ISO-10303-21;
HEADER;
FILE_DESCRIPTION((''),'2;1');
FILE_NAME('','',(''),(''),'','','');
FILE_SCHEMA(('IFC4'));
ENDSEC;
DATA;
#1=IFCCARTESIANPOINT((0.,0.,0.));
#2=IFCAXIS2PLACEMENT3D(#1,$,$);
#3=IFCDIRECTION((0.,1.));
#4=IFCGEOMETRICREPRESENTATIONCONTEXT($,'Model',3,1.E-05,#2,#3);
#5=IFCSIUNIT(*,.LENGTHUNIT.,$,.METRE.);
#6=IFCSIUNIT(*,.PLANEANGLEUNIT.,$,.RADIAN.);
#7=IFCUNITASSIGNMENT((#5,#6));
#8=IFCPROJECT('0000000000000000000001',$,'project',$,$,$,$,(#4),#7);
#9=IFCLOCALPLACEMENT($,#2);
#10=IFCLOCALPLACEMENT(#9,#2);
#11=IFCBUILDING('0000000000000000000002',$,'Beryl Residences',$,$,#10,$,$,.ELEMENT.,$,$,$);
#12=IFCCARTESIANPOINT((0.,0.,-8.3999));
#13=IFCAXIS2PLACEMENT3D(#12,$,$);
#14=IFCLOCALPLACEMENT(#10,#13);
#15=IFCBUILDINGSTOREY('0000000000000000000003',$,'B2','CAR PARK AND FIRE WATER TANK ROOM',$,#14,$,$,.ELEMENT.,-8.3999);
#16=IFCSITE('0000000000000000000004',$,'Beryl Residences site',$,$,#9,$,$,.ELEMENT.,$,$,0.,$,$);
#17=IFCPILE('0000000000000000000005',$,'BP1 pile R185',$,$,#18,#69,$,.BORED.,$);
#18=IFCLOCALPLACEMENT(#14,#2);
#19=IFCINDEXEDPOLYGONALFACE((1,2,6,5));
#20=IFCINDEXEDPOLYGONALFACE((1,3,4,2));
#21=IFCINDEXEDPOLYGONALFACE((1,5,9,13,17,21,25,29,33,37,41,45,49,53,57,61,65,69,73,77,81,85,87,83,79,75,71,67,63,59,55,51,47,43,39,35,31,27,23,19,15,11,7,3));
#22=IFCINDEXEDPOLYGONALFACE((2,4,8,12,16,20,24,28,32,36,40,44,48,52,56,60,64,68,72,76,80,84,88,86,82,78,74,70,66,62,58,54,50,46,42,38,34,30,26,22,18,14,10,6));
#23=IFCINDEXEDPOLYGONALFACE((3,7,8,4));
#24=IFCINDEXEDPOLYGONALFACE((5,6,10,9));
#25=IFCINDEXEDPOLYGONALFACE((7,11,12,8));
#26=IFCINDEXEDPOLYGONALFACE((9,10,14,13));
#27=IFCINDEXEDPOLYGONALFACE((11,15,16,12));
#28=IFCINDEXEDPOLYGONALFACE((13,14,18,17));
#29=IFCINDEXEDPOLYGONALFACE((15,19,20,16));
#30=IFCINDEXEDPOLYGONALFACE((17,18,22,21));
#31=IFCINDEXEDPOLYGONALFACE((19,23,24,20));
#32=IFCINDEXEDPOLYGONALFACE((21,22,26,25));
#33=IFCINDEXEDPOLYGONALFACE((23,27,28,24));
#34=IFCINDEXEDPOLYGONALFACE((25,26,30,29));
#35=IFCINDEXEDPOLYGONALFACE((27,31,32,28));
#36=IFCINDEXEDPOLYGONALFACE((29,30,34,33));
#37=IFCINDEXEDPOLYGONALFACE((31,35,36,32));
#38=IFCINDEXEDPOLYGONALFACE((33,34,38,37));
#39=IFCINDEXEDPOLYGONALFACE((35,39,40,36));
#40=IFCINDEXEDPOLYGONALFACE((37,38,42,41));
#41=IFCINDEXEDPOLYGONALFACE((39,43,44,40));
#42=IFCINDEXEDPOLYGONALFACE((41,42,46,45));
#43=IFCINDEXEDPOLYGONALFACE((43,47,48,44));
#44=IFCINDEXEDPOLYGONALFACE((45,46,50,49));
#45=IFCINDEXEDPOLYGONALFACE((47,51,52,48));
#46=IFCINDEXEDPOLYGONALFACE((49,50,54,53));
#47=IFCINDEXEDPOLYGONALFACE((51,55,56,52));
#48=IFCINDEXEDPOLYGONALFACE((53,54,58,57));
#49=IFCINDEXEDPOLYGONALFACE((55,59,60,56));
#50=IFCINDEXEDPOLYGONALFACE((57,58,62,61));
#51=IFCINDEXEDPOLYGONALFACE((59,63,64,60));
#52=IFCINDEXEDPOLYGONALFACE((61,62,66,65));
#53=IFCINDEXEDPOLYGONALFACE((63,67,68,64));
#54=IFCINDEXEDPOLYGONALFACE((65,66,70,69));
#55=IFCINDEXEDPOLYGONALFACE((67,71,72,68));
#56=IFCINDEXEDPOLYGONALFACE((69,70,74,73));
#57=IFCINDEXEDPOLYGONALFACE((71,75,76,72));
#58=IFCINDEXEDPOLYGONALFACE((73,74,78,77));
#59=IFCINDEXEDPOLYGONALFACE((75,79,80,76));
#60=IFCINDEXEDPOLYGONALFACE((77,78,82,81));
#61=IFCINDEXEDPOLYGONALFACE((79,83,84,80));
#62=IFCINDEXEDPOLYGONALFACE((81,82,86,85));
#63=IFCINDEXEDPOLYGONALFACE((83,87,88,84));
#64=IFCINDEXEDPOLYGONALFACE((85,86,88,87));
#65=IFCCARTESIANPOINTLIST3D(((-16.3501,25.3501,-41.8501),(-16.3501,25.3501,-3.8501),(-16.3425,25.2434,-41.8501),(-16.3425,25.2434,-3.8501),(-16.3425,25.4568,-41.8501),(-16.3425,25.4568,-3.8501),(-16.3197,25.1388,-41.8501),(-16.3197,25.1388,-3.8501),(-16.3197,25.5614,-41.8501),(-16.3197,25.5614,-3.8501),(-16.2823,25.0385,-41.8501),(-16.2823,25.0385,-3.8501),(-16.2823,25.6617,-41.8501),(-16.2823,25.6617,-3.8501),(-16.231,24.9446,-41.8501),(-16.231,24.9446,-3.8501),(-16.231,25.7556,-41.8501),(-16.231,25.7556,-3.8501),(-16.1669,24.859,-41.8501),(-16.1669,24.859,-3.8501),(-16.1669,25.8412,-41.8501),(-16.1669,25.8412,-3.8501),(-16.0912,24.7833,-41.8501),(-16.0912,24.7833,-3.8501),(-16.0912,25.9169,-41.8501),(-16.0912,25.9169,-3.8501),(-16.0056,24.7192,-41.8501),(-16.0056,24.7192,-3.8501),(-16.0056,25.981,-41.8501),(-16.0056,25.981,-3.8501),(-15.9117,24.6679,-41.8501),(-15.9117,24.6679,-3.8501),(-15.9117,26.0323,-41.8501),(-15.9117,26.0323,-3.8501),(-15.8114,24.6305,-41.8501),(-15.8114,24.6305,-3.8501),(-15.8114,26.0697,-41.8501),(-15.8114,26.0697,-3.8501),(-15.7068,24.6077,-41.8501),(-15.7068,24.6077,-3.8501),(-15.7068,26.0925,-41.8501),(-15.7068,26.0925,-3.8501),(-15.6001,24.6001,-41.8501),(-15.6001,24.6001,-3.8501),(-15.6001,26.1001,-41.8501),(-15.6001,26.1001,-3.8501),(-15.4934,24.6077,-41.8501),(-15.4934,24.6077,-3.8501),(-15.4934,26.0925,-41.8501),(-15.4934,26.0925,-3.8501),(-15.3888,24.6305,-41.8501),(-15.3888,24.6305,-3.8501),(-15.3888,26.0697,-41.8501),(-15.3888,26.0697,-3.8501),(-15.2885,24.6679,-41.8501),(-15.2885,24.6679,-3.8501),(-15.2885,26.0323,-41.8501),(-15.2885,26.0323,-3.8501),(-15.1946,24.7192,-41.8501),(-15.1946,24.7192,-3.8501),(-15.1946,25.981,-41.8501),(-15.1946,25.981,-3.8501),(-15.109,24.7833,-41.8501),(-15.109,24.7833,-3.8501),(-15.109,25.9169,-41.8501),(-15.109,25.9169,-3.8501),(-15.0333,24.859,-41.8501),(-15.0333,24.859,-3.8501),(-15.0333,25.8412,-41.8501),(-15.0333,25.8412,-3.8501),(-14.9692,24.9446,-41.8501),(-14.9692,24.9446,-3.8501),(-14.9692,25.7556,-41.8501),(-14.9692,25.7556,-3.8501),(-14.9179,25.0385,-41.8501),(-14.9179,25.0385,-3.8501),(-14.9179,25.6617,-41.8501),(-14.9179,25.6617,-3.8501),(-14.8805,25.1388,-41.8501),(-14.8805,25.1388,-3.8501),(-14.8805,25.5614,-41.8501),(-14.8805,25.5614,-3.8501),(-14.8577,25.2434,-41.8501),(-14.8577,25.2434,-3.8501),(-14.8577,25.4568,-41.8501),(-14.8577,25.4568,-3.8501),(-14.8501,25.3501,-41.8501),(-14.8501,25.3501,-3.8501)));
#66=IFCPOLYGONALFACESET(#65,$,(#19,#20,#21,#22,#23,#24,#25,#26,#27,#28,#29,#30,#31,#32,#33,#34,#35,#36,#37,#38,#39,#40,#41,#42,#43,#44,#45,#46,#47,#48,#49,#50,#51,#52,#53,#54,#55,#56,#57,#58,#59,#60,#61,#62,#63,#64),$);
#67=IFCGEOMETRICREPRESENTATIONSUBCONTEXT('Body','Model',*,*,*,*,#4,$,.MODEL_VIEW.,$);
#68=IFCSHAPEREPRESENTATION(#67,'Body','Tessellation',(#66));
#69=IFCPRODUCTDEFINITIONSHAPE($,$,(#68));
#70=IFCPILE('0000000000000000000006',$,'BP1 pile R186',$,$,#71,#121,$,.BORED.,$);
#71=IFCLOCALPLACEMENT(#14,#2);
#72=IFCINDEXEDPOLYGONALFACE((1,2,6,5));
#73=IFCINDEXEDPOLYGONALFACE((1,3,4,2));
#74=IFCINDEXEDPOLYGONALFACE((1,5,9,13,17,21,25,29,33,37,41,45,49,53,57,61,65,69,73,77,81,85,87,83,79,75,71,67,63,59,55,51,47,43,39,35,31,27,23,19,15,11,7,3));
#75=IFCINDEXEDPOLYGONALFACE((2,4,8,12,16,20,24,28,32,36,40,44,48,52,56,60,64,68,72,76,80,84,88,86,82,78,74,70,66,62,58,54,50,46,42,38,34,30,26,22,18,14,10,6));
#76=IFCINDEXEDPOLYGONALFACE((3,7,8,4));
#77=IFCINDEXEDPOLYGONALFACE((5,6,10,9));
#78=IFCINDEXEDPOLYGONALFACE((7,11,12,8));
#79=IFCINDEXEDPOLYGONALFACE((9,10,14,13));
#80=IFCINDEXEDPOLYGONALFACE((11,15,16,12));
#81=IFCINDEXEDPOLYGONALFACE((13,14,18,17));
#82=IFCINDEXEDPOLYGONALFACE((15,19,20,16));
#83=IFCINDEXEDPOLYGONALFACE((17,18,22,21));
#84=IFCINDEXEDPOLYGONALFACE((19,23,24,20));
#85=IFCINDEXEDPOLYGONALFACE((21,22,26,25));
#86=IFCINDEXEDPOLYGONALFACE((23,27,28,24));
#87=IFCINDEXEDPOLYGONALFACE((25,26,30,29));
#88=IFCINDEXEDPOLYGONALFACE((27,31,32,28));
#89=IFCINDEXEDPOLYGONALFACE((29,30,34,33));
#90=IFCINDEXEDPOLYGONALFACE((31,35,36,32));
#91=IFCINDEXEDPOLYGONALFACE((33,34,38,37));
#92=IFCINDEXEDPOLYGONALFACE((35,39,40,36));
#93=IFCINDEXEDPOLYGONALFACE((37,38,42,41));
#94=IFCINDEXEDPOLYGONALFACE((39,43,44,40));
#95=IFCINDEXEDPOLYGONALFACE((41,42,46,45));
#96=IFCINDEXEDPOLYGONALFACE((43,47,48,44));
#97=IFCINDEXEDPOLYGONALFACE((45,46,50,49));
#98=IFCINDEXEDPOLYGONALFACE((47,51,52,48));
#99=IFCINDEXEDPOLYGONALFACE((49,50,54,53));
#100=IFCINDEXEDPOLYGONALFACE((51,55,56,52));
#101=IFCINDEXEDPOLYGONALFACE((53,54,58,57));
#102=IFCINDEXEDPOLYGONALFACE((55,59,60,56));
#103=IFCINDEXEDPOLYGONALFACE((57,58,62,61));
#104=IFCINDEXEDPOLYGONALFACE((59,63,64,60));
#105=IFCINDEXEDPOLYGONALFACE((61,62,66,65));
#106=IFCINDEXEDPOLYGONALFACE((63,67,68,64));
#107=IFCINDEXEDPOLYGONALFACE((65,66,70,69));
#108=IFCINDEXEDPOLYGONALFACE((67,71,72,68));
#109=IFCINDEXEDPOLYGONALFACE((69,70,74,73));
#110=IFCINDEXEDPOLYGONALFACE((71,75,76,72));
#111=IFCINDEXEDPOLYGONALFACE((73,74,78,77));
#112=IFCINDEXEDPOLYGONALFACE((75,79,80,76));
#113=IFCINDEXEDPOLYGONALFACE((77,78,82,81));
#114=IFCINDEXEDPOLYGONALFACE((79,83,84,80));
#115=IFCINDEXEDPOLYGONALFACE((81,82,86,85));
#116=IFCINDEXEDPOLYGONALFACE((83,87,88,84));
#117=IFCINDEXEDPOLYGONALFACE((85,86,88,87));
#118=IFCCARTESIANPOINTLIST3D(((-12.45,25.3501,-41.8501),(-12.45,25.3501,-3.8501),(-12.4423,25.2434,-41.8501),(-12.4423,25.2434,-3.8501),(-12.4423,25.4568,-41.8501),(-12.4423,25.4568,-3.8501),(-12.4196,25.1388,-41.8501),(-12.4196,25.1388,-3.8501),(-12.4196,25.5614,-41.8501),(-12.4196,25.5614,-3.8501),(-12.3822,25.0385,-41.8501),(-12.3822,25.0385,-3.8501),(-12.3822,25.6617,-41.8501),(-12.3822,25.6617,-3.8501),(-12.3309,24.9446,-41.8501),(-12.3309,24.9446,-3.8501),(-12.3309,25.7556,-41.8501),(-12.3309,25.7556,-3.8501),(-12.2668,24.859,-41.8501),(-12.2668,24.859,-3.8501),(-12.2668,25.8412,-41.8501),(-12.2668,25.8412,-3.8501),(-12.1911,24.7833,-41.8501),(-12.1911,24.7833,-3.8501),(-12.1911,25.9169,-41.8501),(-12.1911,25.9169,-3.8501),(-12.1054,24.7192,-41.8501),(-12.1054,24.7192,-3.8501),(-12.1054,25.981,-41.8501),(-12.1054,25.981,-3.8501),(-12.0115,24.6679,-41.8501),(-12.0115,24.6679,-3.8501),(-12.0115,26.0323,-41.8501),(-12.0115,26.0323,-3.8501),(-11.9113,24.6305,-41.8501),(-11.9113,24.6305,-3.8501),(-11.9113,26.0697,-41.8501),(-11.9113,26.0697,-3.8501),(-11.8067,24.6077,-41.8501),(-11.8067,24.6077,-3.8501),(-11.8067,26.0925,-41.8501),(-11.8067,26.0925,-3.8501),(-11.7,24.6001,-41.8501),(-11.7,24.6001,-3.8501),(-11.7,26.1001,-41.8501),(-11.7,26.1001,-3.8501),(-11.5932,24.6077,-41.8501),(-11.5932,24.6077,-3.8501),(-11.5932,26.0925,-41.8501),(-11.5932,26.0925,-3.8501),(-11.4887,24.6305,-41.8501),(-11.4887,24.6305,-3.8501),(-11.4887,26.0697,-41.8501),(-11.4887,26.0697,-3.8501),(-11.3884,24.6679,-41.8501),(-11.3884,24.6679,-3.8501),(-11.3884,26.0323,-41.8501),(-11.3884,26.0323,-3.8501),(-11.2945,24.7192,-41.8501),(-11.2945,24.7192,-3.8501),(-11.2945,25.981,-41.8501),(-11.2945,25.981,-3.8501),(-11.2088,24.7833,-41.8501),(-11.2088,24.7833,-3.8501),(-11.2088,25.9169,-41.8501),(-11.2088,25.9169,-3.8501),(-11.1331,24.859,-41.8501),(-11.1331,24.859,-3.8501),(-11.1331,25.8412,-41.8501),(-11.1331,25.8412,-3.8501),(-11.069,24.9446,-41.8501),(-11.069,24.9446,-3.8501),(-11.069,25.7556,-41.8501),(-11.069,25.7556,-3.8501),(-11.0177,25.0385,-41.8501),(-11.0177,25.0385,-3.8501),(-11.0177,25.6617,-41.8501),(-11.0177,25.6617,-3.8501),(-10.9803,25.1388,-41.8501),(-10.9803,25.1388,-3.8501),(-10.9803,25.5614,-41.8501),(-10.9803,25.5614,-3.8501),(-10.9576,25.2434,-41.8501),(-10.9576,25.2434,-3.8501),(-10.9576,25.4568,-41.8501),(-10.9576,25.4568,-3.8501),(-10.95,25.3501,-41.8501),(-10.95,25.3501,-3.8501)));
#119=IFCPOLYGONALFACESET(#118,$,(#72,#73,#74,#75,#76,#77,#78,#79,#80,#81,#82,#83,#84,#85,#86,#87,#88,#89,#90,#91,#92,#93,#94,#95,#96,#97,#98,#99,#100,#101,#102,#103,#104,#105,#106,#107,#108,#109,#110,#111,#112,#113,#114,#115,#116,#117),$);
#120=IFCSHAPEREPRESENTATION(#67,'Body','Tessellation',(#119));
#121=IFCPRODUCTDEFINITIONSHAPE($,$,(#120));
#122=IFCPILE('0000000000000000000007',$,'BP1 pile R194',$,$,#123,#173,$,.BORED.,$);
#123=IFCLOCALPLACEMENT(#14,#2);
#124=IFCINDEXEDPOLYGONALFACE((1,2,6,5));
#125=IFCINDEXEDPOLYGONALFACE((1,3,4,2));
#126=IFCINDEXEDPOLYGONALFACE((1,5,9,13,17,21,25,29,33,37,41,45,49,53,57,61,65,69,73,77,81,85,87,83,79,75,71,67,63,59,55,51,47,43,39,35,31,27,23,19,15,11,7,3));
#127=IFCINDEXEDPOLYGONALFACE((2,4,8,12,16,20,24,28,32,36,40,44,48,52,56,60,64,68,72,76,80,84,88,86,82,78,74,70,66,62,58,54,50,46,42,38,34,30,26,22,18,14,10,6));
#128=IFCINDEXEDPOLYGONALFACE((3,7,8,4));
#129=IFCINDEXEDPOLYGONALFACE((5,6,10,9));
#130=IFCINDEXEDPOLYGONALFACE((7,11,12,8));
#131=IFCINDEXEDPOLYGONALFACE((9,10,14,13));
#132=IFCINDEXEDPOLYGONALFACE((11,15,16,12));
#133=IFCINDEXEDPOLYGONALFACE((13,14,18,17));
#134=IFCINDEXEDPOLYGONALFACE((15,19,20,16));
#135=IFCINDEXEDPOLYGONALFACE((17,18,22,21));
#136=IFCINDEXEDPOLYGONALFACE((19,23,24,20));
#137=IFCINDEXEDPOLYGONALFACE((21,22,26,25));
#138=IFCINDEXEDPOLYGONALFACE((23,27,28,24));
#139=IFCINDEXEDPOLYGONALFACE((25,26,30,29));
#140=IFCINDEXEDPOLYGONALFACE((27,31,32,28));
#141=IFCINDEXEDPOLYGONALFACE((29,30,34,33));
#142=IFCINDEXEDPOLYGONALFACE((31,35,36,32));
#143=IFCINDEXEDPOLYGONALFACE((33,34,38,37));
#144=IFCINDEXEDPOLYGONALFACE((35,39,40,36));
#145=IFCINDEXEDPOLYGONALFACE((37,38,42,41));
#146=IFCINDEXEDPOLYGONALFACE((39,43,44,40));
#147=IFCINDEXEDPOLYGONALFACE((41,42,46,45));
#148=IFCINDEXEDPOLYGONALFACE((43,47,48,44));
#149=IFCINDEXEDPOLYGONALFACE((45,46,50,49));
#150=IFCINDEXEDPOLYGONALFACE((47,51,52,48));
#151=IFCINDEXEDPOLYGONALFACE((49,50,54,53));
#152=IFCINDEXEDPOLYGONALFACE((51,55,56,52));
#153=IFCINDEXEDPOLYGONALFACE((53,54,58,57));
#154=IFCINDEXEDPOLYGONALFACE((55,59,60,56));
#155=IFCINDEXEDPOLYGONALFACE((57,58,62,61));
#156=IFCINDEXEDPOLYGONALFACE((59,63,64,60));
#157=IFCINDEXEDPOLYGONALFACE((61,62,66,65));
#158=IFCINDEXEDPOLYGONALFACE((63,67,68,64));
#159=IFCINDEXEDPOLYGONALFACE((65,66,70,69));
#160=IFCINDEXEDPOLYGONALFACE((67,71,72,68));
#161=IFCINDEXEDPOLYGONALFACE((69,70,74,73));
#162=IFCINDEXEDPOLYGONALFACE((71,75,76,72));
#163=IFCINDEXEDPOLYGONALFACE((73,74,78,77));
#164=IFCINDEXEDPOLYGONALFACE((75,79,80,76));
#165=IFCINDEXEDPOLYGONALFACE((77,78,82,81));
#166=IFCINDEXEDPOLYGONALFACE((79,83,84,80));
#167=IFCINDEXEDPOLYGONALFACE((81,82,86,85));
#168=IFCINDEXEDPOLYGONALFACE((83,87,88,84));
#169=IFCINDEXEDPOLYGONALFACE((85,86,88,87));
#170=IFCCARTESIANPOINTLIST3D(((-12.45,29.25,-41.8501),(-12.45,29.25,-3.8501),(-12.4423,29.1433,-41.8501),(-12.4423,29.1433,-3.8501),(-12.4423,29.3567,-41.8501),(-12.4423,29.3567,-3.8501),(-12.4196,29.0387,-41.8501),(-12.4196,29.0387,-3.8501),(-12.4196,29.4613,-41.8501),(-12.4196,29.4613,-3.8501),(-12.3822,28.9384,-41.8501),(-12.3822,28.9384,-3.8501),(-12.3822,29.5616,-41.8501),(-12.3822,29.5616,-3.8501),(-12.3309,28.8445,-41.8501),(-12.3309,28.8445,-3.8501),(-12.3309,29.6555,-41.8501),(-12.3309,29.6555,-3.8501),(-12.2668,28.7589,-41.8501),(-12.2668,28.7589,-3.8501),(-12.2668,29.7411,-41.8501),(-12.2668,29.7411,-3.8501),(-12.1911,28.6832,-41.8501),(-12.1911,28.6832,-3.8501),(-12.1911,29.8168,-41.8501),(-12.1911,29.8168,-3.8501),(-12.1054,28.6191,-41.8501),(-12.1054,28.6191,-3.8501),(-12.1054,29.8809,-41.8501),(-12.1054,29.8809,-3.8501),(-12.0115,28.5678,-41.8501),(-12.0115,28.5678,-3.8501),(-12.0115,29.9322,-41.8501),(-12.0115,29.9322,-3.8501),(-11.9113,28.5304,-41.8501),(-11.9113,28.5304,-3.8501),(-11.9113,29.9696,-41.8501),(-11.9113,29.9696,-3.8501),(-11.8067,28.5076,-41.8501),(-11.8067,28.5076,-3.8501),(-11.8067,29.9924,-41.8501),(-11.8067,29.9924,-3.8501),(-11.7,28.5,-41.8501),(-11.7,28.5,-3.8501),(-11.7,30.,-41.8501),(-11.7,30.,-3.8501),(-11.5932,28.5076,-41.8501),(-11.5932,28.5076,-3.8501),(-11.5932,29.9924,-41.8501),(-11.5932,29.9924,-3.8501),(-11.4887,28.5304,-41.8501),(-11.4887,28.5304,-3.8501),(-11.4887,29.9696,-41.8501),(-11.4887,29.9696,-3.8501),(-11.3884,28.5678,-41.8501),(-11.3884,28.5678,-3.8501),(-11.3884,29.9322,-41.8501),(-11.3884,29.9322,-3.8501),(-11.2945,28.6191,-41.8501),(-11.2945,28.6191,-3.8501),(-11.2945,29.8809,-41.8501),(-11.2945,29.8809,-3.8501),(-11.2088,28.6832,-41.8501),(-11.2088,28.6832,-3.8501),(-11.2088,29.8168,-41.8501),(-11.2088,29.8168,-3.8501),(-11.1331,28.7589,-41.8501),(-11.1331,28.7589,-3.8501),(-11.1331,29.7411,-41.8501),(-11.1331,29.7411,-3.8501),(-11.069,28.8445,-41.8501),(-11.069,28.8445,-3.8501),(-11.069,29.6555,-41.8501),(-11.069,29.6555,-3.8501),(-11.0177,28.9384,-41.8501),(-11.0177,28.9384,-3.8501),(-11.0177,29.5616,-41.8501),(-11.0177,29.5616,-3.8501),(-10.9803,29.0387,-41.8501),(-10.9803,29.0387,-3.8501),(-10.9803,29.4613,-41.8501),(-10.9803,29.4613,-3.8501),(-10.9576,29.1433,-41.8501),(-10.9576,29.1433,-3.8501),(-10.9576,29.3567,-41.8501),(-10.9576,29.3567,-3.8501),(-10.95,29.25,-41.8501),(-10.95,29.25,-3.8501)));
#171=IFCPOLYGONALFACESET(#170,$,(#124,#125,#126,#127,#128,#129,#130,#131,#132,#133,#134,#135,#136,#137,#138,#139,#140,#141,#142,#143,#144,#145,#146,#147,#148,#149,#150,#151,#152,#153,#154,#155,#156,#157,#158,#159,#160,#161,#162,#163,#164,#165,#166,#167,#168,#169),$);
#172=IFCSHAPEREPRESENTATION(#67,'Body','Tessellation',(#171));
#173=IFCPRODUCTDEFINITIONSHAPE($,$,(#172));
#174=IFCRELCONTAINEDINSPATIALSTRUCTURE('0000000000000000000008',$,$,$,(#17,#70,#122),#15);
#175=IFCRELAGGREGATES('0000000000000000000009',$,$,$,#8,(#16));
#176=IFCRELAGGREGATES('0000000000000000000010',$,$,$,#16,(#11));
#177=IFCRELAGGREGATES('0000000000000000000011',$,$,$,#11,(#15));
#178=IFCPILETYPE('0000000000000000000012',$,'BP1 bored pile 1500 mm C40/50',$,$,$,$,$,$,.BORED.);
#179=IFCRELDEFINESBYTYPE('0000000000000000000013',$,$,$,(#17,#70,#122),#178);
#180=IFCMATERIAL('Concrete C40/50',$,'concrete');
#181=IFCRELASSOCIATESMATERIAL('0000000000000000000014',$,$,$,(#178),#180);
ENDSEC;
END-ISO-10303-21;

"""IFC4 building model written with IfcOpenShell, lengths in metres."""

from ifc_helpers import new_model, si_unit, direction, frame, origin, origin_2d, place, context, subcontext, project, spatial, circle, extrude, material, material_profile, profile_set, type_object, element, save


model = new_model("IFC4")

# Units and contexts
model_context = context("Model", 3, precision=1e-05, world=origin(), true_north=direction((0.0, 1.0)))
body_context = subcontext(model_context, "Body", "Model", "MODEL_VIEW")
ifc_project = project(units=[si_unit("LENGTHUNIT", "METRE"), si_unit("PLANEANGLEUNIT", "RADIAN")], contexts=[model_context])

# Site, building, storey
site_placement = place(None, origin())
site = spatial("IfcSite", under=ifc_project, at=site_placement, Name="Beryl Residences site", CompositionType="ELEMENT", RefElevation=0.0)
building_placement = place(site_placement, origin())
building = spatial("IfcBuilding", under=site, at=building_placement, Name="Beryl Residences", CompositionType="ELEMENT")
storey_placement = place(building_placement, frame((0.0, 0.0, -8.3999)))
storey = spatial("IfcBuildingStorey", under=building, at=storey_placement, Name="B2", Description="CAR PARK AND FIRE WATER TANK ROOM", CompositionType="ELEMENT", Elevation=-8.3999)

# Piles
ifc_material_1 = material(Name="Concrete C40/50", Category="concrete")
ifc_material_profile_1 = material_profile(ifc_material_1, circle(Radius=0.75, at=origin_2d()))
ifc_profile_set_1 = profile_set([ifc_material_profile_1], Name="Concrete C40/50")
pile_type_1 = type_object("IfcPileType", Name="BP1 bored pile 1500 mm C40/50", PredefinedType="BORED", material=ifc_profile_set_1)
for number, where, z_axis, x_axis, name in (
    (1, (-15.6001, 25.3501, -3.8501), (0.0, 0.0, -1.0), (1.0, 0.0, 0.0), "BP1 pile R185"),
    (2, (-11.7, 25.3501, -3.8501), (0.0, 0.0, -1.0), (1.0, 0.0, 0.0), "BP1 pile R186"),
    (3, (-11.7, 29.25, -3.8501), (0.0, 0.0, -1.0), (1.0, 0.0, 0.0), "BP1 pile R194"),
):
    element("IfcPile", number, at=place(storey_placement, frame(where, z_axis=z_axis, x_axis=x_axis)), inside=storey, type_object=pile_type_1, Name=name, PredefinedType="BORED", context=body_context, shape_type="SweptSolid", body=[
        extrude(circle(Radius=0.75, at=origin_2d()), origin(), (0.0, 0.0, 1.0), 38.0),
    ])

save(model, "model.ifc")
